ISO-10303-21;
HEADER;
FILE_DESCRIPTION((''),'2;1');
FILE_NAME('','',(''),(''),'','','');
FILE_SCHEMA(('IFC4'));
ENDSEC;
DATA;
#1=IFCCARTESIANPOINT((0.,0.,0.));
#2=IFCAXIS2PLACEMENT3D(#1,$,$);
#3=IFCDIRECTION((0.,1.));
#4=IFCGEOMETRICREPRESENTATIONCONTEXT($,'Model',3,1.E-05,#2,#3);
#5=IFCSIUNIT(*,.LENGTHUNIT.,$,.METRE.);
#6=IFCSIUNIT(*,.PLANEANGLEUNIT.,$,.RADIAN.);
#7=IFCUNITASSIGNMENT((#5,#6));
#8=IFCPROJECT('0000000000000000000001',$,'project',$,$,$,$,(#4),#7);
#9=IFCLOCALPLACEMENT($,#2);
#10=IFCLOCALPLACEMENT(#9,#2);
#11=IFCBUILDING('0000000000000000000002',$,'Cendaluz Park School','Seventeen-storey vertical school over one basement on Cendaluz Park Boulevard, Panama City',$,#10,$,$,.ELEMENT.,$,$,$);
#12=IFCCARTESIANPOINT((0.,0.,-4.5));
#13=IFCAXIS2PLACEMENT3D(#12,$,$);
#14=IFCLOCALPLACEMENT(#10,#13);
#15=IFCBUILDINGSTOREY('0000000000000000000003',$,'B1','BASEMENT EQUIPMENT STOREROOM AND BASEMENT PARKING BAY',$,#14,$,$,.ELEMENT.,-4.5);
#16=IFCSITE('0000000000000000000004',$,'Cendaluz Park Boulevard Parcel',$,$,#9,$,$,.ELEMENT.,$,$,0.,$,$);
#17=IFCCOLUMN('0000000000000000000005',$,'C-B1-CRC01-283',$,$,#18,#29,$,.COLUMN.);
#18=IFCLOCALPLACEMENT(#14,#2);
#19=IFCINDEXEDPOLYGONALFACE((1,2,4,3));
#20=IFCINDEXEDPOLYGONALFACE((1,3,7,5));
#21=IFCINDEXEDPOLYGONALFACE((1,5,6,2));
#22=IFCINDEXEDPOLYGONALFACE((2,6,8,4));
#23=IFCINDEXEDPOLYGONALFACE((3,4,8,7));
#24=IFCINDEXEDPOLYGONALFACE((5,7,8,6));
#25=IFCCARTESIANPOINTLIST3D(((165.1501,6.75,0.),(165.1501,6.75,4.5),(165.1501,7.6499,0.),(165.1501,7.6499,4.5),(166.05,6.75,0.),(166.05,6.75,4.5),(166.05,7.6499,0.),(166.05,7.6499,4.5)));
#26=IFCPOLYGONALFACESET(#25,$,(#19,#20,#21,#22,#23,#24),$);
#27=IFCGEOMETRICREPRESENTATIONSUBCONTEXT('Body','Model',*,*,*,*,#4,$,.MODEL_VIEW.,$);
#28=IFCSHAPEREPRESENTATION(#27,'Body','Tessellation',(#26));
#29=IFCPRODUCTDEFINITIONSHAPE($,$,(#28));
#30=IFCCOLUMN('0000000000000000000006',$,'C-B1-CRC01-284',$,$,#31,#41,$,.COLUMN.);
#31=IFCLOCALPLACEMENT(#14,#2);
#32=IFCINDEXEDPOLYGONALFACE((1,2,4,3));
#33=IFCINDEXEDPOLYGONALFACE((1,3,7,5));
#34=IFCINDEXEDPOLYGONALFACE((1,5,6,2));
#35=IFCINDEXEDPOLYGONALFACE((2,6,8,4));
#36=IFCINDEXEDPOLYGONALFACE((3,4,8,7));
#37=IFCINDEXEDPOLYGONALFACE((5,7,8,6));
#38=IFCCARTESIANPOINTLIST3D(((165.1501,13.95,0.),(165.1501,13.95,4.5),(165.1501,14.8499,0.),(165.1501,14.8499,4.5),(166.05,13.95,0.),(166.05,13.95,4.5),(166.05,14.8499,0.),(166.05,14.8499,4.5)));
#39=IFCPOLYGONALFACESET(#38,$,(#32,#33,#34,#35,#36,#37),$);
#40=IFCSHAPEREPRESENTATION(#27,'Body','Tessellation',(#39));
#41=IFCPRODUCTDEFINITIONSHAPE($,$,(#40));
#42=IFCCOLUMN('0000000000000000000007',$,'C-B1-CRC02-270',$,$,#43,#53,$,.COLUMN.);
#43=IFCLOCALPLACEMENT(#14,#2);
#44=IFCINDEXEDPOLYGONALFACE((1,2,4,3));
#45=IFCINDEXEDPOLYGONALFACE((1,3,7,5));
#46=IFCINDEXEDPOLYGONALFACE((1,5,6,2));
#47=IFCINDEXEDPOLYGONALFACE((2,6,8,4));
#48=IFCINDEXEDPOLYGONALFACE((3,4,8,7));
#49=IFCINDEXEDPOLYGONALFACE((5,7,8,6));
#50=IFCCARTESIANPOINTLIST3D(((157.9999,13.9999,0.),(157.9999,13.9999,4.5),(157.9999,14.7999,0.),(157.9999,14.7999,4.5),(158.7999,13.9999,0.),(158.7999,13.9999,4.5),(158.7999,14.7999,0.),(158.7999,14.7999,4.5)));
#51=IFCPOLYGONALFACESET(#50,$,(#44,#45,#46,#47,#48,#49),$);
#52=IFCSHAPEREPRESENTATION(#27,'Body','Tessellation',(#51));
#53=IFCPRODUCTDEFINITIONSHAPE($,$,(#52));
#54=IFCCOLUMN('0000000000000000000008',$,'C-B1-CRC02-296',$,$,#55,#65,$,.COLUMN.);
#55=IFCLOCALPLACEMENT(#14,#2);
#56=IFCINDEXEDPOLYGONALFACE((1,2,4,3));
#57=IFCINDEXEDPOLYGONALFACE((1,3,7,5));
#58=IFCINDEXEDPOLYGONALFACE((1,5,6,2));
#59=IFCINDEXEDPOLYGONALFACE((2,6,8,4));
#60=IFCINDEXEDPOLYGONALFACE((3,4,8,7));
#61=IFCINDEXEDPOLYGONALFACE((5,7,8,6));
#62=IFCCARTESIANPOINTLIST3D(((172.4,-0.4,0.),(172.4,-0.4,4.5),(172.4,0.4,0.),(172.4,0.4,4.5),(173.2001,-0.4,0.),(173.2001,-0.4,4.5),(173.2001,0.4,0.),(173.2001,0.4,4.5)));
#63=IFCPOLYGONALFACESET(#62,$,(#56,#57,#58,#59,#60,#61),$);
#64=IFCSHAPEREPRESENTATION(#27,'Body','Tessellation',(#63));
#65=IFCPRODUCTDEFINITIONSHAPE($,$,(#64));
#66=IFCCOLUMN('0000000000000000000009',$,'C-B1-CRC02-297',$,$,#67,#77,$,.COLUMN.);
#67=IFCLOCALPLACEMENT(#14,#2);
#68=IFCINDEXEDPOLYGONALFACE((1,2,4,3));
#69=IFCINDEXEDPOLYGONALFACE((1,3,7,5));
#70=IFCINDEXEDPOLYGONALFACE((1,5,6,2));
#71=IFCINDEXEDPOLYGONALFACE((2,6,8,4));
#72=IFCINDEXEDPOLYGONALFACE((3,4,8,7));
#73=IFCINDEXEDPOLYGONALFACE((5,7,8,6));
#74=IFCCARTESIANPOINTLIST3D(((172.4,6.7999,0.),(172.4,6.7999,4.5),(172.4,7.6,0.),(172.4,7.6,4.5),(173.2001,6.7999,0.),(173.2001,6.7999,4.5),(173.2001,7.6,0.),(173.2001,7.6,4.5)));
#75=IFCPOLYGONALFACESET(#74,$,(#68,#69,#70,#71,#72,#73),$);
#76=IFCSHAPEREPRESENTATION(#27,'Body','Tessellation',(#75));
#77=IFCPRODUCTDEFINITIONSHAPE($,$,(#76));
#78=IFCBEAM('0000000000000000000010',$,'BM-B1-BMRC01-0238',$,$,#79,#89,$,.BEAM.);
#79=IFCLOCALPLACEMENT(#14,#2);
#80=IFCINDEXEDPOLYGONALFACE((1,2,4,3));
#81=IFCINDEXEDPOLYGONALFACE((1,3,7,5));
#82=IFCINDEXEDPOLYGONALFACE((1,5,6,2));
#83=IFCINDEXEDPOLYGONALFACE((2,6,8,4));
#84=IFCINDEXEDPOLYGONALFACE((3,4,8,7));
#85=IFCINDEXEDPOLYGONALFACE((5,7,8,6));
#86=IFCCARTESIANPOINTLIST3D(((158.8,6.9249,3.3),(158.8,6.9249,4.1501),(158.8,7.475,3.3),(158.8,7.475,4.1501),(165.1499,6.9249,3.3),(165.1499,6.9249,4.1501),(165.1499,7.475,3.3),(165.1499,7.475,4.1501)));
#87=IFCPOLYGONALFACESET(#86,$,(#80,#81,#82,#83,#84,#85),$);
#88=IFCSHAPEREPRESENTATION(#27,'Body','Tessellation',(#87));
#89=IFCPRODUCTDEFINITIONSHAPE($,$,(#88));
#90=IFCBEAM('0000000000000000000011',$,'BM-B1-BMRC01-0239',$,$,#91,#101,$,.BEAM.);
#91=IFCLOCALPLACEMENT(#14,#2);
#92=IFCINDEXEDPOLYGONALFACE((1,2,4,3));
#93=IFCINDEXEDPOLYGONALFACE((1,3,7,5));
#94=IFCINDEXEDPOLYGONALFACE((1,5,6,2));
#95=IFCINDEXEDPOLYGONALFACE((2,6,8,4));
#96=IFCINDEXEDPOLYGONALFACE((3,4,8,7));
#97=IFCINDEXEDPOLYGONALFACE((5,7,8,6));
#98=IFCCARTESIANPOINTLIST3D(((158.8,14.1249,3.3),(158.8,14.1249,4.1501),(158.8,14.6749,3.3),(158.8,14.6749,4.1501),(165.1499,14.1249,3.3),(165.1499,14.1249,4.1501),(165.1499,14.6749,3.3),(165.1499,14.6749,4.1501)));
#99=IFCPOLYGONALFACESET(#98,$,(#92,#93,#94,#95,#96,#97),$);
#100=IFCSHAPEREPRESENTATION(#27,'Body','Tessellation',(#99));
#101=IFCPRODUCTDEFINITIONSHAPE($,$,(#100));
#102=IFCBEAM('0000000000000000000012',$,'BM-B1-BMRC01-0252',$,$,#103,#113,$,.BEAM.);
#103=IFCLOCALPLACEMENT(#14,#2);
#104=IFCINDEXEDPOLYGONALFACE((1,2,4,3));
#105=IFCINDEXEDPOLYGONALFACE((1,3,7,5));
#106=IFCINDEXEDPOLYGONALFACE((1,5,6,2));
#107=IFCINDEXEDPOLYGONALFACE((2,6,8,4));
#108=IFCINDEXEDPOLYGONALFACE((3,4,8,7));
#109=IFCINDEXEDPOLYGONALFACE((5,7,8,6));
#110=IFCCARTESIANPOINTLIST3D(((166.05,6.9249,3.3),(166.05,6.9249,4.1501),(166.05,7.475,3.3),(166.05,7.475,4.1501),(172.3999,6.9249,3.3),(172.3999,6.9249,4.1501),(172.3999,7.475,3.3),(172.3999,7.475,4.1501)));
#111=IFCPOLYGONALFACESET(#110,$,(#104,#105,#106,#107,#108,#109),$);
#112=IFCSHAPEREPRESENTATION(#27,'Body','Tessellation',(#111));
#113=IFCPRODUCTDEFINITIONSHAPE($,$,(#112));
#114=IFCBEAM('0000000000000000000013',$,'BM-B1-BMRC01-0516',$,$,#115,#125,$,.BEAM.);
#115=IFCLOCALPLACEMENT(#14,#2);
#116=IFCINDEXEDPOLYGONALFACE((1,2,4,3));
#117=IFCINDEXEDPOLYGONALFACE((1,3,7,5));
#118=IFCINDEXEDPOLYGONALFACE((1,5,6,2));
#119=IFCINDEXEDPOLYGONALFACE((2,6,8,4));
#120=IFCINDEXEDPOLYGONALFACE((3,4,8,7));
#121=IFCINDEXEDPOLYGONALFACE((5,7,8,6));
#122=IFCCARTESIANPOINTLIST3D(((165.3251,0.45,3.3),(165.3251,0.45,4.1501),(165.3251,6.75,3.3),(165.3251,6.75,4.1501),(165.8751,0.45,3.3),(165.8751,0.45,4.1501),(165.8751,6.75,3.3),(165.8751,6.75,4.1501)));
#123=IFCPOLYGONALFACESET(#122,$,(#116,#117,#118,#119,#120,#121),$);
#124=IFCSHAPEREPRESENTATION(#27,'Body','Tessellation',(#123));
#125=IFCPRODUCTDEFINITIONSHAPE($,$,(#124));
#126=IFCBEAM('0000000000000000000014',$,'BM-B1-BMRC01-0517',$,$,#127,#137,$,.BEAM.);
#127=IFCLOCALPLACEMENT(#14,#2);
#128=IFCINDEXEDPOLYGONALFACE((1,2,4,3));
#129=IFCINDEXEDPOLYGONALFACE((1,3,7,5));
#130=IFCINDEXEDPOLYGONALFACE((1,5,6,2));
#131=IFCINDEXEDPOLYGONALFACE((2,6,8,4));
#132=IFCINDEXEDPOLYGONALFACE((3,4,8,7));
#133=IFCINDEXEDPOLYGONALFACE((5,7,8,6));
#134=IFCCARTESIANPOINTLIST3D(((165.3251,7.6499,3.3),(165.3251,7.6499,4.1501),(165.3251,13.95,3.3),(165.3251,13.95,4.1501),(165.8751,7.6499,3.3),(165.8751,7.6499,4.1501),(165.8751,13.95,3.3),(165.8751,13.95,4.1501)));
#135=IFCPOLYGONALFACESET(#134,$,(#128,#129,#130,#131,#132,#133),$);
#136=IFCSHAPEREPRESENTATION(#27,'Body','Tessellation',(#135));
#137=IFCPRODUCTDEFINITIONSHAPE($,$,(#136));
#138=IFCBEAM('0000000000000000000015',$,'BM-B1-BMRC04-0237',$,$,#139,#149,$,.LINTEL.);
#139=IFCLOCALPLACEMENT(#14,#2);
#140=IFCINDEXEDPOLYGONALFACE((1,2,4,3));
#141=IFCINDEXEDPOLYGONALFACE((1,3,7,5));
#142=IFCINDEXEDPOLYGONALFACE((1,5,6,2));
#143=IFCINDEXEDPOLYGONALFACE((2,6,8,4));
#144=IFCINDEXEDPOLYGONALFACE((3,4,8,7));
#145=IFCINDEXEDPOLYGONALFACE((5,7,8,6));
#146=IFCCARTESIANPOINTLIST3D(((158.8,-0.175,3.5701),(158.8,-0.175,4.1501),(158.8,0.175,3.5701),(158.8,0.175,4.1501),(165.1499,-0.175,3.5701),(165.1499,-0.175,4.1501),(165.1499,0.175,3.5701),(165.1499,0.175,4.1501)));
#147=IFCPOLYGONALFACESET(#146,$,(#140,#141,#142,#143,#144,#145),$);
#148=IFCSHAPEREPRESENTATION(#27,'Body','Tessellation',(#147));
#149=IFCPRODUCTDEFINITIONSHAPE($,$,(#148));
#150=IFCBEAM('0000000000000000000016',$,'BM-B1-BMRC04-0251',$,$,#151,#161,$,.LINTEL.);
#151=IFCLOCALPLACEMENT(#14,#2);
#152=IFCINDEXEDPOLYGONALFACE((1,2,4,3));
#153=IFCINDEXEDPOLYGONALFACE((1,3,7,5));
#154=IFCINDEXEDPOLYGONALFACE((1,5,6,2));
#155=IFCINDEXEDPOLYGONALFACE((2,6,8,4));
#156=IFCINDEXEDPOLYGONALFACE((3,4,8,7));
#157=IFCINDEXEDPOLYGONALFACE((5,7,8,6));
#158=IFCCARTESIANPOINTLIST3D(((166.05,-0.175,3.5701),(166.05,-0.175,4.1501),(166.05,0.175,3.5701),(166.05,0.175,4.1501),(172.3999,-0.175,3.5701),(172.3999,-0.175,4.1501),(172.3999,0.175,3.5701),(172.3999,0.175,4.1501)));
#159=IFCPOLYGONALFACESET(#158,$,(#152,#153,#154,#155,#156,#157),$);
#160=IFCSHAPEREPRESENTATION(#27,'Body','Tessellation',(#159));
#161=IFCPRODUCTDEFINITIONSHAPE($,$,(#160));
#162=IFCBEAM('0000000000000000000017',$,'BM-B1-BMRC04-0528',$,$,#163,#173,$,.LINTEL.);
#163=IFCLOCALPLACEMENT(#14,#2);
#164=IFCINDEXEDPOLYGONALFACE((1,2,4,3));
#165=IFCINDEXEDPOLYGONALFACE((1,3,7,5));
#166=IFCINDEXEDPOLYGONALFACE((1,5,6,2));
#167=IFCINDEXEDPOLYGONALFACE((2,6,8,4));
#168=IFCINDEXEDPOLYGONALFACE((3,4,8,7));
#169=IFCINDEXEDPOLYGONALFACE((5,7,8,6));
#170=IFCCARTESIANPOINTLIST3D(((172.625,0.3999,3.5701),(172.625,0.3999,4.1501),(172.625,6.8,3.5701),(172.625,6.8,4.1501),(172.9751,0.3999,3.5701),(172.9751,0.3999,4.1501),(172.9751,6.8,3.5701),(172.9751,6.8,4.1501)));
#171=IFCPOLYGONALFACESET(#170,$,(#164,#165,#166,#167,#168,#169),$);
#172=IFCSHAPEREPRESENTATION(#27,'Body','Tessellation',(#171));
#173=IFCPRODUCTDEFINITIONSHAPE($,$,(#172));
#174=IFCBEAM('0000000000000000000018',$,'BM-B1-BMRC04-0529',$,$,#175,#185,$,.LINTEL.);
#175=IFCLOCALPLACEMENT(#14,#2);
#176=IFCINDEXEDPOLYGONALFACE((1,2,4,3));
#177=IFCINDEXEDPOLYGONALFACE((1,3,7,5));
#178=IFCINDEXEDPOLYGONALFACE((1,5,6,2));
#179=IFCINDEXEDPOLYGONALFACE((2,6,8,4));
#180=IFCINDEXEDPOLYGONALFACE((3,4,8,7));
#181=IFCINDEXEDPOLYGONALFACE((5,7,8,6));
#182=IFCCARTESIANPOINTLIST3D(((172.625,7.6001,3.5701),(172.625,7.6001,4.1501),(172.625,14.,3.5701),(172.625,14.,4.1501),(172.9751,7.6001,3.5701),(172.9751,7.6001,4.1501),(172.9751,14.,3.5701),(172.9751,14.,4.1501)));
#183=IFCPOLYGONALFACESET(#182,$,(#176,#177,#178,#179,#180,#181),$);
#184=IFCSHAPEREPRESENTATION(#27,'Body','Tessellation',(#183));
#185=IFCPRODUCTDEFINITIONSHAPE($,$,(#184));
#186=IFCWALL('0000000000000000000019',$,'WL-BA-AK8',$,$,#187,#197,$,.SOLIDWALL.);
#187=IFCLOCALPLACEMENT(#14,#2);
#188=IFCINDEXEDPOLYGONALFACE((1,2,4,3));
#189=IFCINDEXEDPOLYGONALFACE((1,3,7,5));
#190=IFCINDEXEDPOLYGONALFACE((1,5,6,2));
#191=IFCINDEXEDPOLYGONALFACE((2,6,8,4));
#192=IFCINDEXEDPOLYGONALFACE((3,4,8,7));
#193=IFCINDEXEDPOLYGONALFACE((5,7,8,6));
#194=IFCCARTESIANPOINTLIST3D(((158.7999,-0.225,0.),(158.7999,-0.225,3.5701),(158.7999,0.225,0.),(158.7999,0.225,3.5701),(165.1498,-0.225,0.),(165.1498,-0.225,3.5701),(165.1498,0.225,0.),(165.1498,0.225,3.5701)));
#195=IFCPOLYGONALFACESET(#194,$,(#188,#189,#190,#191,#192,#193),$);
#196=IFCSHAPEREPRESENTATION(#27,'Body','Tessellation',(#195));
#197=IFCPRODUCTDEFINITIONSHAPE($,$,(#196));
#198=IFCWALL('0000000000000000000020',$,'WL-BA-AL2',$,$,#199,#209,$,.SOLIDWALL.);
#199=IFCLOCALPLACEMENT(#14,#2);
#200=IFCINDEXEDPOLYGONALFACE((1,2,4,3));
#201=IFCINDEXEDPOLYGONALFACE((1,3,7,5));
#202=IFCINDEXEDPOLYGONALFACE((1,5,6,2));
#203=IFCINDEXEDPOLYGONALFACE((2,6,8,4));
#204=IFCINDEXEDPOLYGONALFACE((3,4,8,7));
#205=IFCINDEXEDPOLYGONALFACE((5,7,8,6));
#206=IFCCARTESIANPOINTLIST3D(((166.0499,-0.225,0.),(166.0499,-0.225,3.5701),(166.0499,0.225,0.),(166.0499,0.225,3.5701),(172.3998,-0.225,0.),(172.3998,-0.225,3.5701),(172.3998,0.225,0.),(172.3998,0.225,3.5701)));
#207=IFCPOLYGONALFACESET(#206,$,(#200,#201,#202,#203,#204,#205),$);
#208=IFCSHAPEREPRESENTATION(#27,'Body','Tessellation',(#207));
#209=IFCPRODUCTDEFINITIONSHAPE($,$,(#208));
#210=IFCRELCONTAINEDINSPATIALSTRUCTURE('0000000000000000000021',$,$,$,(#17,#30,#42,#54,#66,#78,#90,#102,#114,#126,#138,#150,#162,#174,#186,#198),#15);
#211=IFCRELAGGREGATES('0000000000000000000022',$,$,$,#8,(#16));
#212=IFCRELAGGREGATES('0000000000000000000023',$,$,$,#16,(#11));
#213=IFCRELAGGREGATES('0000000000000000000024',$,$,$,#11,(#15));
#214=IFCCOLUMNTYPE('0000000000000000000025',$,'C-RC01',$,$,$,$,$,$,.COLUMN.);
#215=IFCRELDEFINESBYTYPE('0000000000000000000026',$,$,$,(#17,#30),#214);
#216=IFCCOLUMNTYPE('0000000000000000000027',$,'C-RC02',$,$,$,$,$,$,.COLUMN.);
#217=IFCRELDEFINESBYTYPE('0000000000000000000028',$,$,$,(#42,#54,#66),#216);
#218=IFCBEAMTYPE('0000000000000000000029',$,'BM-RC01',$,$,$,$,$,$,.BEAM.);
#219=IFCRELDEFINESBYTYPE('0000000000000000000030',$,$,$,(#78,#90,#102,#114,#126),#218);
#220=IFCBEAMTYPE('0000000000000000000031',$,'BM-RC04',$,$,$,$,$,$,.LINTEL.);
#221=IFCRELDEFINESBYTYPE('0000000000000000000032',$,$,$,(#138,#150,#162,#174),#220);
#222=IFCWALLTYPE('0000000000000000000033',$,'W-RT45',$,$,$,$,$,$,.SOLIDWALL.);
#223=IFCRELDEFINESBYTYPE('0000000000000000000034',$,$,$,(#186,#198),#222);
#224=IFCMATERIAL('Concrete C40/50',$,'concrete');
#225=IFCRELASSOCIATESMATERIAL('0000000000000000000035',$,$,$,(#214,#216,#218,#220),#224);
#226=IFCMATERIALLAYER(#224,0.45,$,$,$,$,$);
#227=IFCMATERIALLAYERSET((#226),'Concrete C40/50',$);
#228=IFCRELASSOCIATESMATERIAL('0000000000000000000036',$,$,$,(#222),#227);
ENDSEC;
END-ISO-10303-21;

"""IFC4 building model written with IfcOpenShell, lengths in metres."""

from ifc_helpers import new_model, si_unit, direction, frame, frame_2d, origin, origin_2d, place, context, subcontext, project, spatial, rectangle, extrude, material, layer, layer_set, material_profile, profile_set, type_object, element, save


model = new_model("IFC4")

# Units and contexts
model_context = context("Model", 3, precision=1e-05, world=origin(), true_north=direction((0.0, 1.0)))
body_context = subcontext(model_context, "Body", "Model", "MODEL_VIEW")
ifc_project = project(units=[si_unit("LENGTHUNIT", "METRE"), si_unit("PLANEANGLEUNIT", "RADIAN")], contexts=[model_context])

# Site, building, storey
site_placement = place(None, origin())
site = spatial("IfcSite", under=ifc_project, at=site_placement, Name="Cendaluz Park Boulevard Parcel", CompositionType="ELEMENT", RefElevation=0.0)
building_placement = place(site_placement, origin())
building = spatial("IfcBuilding", under=site, at=building_placement, Name="Cendaluz Park School", Description="Seventeen-storey vertical school over one basement on Cendaluz Park Boulevard, Panama City", CompositionType="ELEMENT")
storey_placement = place(building_placement, frame((0.0, 0.0, -4.5)))
storey = spatial("IfcBuildingStorey", under=building, at=storey_placement, Name="B1", Description="BASEMENT EQUIPMENT STOREROOM AND BASEMENT PARKING BAY", CompositionType="ELEMENT", Elevation=-4.5)

# Shared definitions
ifc_material_1 = material(Name="Concrete C40/50", Category="concrete")

# Columns
ifc_material_profile_1 = material_profile(ifc_material_1, rectangle(XDim=0.8999, YDim=0.8999, at=origin_2d()), Name="RC 900x900", Category="concrete")
ifc_profile_set_1 = profile_set([ifc_material_profile_1], Name="Concrete C40/50")
column_type_1 = type_object("IfcColumnType", Name="C-RC01", PredefinedType="COLUMN", material=ifc_profile_set_1)
for number, where, z_axis, x_axis, name in (
    (1, (165.6001, 7.2, 0.0), (0.0, 0.0, 1.0), (1.0, 0.0, 0.0), "C-B1-CRC01-283"),
    (2, (165.6001, 14.3999, 0.0), (0.0, 0.0, 1.0), (1.0, 0.0, 0.0), "C-B1-CRC01-284"),
):
    element("IfcColumn", number, at=place(storey_placement, frame(where, z_axis=z_axis, x_axis=x_axis)), inside=storey, type_object=column_type_1, Name=name, PredefinedType="COLUMN", context=body_context, shape_type="SweptSolid", body=[
        extrude(rectangle(XDim=0.8999, YDim=0.8999, at=origin_2d()), origin(), (0.0, 0.0, 1.0), 4.5),
    ])
ifc_material_profile_2 = material_profile(ifc_material_1, rectangle(XDim=0.8, YDim=0.8, at=origin_2d()), Name="RC 800x800", Category="concrete")
ifc_profile_set_2 = profile_set([ifc_material_profile_2], Name="Concrete C40/50")
column_type_2 = type_object("IfcColumnType", Name="C-RC02", PredefinedType="COLUMN", material=ifc_profile_set_2)
for number, where, z_axis, x_axis, name in (
    (3, (158.3999, 14.3999, 0.0), (0.0, 0.0, 1.0), (1.0, 0.0, 0.0), "C-B1-CRC02-270"),
    (4, (172.8, 0.0, 0.0), (0.0, 0.0, 1.0), (1.0, 0.0, 0.0), "C-B1-CRC02-296"),
    (5, (172.8, 7.2, 0.0), (0.0, 0.0, 1.0), (1.0, 0.0, 0.0), "C-B1-CRC02-297"),
):
    element("IfcColumn", number, at=place(storey_placement, frame(where, z_axis=z_axis, x_axis=x_axis)), inside=storey, type_object=column_type_2, Name=name, PredefinedType="COLUMN", context=body_context, shape_type="SweptSolid", body=[
        extrude(rectangle(XDim=0.8, YDim=0.8, at=origin_2d()), origin(), (0.0, 0.0, 1.0), 4.5),
    ])

# Beams
ifc_material_profile_3 = material_profile(ifc_material_1, rectangle(XDim=0.55, YDim=0.8501, at=origin_2d()), Name="RC 550x850", Category="concrete")
ifc_profile_set_3 = profile_set([ifc_material_profile_3], Name="Concrete C40/50")
beam_type_1 = type_object("IfcBeamType", Name="BM-RC01", PredefinedType="BEAM", material=ifc_profile_set_3)
for number, where, z_axis, x_axis, name in (
    (6, (158.8, 7.2, 3.7251), (1.0, 0.0, 0.0), (0.0, 1.0, 0.0), "BM-B1-BMRC01-0238"),
    (7, (158.8, 14.3999, 3.7251), (1.0, 0.0, 0.0), (0.0, 1.0, 0.0), "BM-B1-BMRC01-0239"),
    (8, (166.05, 7.2, 3.7251), (1.0, 0.0, 0.0), (0.0, 1.0, 0.0), "BM-B1-BMRC01-0252"),
):
    element("IfcBeam", number, at=place(storey_placement, frame(where, z_axis=z_axis, x_axis=x_axis)), inside=storey, type_object=beam_type_1, Name=name, PredefinedType="BEAM", context=body_context, shape_type="SweptSolid", body=[
        extrude(rectangle(XDim=0.55, YDim=0.8501, at=origin_2d()), origin(), (0.0, 0.0, 1.0), 6.3499),
    ])
for number, where, z_axis, x_axis, name in (
    (9, (165.6001, 0.45, 3.7251), (0.0, 1.0, 0.0), (-1.0, 0.0, 0.0), "BM-B1-BMRC01-0516"),
    (10, (165.6001, 7.6499, 3.7251), (0.0, 1.0, 0.0), (-1.0, 0.0, 0.0), "BM-B1-BMRC01-0517"),
):
    element("IfcBeam", number, at=place(storey_placement, frame(where, z_axis=z_axis, x_axis=x_axis)), inside=storey, type_object=beam_type_1, Name=name, PredefinedType="BEAM", context=body_context, shape_type="SweptSolid", body=[
        extrude(rectangle(XDim=0.55, YDim=0.8501, at=origin_2d()), origin(), (0.0, 0.0, 1.0), 6.3),
    ])
ifc_material_profile_4 = material_profile(ifc_material_1, rectangle(XDim=0.3501, YDim=0.5801, at=origin_2d()), Name="RC 350x580", Category="concrete")
ifc_profile_set_4 = profile_set([ifc_material_profile_4], Name="Concrete C40/50")
beam_type_2 = type_object("IfcBeamType", Name="BM-RC04", PredefinedType="LINTEL", material=ifc_profile_set_4)
for number, where, z_axis, x_axis, name in (
    (11, (158.8, 0.0, 3.8601), (1.0, 0.0, 0.0), (0.0, 1.0, 0.0), "BM-B1-BMRC04-0237"),
    (12, (166.05, 0.0, 3.8601), (1.0, 0.0, 0.0), (0.0, 1.0, 0.0), "BM-B1-BMRC04-0251"),
):
    element("IfcBeam", number, at=place(storey_placement, frame(where, z_axis=z_axis, x_axis=x_axis)), inside=storey, type_object=beam_type_2, Name=name, PredefinedType="LINTEL", context=body_context, shape_type="SweptSolid", body=[
        extrude(rectangle(XDim=0.3501, YDim=0.5801, at=origin_2d()), origin(), (0.0, 0.0, 1.0), 6.3499),
    ])
beam_1_placement = place(storey_placement, frame((172.8, 0.3999, 3.8601), z_axis=(0.0, 1.0, 0.0), x_axis=(-1.0, 0.0, 0.0)))
element("IfcBeam", 13, at=beam_1_placement, inside=storey, type_object=beam_type_2, Name="BM-B1-BMRC04-0528", PredefinedType="LINTEL", context=body_context, shape_type="SweptSolid", body=[
    extrude(rectangle(XDim=0.3501, YDim=0.5801, at=origin_2d()), origin(), (0.0, 0.0, 1.0), 6.4001),
])
beam_2_placement = place(storey_placement, frame((172.8, 7.6001, 3.8601), z_axis=(0.0, 1.0, 0.0), x_axis=(-1.0, 0.0, 0.0)))
element("IfcBeam", 14, at=beam_2_placement, inside=storey, type_object=beam_type_2, Name="BM-B1-BMRC04-0529", PredefinedType="LINTEL", context=body_context, shape_type="SweptSolid", body=[
    extrude(rectangle(XDim=0.3501, YDim=0.5801, at=origin_2d()), origin(), (0.0, 0.0, 1.0), 6.3999),
])

# Walls
ifc_layer_1 = layer(ifc_material_1, 0.45)
ifc_layer_set_1 = layer_set([ifc_layer_1], Name="Concrete C40/50")
wall_type_1 = type_object("IfcWallType", Name="W-RT45", PredefinedType="SOLIDWALL", material=ifc_layer_set_1)
for number, where, z_axis, x_axis, name in (
    (15, (158.8, 0.0, 0.0), (0.0, 0.0, 1.0), (1.0, 0.0, 0.0), "WL-BA-AK8"),
    (16, (166.05, 0.0, 0.0), (0.0, 0.0, 1.0), (1.0, 0.0, 0.0), "WL-BA-AL2"),
):
    element("IfcWall", number, at=place(storey_placement, frame(where, z_axis=z_axis, x_axis=x_axis)), inside=storey, type_object=wall_type_1, Name=name, PredefinedType="SOLIDWALL", context=body_context, shape_type="SweptSolid", body=[
        extrude(rectangle(XDim=6.3499, YDim=0.45, at=frame_2d((3.1748, 0.0))), origin(), (0.0, 0.0, 1.0), 3.5701),
    ])

save(model, "model.ifc")
